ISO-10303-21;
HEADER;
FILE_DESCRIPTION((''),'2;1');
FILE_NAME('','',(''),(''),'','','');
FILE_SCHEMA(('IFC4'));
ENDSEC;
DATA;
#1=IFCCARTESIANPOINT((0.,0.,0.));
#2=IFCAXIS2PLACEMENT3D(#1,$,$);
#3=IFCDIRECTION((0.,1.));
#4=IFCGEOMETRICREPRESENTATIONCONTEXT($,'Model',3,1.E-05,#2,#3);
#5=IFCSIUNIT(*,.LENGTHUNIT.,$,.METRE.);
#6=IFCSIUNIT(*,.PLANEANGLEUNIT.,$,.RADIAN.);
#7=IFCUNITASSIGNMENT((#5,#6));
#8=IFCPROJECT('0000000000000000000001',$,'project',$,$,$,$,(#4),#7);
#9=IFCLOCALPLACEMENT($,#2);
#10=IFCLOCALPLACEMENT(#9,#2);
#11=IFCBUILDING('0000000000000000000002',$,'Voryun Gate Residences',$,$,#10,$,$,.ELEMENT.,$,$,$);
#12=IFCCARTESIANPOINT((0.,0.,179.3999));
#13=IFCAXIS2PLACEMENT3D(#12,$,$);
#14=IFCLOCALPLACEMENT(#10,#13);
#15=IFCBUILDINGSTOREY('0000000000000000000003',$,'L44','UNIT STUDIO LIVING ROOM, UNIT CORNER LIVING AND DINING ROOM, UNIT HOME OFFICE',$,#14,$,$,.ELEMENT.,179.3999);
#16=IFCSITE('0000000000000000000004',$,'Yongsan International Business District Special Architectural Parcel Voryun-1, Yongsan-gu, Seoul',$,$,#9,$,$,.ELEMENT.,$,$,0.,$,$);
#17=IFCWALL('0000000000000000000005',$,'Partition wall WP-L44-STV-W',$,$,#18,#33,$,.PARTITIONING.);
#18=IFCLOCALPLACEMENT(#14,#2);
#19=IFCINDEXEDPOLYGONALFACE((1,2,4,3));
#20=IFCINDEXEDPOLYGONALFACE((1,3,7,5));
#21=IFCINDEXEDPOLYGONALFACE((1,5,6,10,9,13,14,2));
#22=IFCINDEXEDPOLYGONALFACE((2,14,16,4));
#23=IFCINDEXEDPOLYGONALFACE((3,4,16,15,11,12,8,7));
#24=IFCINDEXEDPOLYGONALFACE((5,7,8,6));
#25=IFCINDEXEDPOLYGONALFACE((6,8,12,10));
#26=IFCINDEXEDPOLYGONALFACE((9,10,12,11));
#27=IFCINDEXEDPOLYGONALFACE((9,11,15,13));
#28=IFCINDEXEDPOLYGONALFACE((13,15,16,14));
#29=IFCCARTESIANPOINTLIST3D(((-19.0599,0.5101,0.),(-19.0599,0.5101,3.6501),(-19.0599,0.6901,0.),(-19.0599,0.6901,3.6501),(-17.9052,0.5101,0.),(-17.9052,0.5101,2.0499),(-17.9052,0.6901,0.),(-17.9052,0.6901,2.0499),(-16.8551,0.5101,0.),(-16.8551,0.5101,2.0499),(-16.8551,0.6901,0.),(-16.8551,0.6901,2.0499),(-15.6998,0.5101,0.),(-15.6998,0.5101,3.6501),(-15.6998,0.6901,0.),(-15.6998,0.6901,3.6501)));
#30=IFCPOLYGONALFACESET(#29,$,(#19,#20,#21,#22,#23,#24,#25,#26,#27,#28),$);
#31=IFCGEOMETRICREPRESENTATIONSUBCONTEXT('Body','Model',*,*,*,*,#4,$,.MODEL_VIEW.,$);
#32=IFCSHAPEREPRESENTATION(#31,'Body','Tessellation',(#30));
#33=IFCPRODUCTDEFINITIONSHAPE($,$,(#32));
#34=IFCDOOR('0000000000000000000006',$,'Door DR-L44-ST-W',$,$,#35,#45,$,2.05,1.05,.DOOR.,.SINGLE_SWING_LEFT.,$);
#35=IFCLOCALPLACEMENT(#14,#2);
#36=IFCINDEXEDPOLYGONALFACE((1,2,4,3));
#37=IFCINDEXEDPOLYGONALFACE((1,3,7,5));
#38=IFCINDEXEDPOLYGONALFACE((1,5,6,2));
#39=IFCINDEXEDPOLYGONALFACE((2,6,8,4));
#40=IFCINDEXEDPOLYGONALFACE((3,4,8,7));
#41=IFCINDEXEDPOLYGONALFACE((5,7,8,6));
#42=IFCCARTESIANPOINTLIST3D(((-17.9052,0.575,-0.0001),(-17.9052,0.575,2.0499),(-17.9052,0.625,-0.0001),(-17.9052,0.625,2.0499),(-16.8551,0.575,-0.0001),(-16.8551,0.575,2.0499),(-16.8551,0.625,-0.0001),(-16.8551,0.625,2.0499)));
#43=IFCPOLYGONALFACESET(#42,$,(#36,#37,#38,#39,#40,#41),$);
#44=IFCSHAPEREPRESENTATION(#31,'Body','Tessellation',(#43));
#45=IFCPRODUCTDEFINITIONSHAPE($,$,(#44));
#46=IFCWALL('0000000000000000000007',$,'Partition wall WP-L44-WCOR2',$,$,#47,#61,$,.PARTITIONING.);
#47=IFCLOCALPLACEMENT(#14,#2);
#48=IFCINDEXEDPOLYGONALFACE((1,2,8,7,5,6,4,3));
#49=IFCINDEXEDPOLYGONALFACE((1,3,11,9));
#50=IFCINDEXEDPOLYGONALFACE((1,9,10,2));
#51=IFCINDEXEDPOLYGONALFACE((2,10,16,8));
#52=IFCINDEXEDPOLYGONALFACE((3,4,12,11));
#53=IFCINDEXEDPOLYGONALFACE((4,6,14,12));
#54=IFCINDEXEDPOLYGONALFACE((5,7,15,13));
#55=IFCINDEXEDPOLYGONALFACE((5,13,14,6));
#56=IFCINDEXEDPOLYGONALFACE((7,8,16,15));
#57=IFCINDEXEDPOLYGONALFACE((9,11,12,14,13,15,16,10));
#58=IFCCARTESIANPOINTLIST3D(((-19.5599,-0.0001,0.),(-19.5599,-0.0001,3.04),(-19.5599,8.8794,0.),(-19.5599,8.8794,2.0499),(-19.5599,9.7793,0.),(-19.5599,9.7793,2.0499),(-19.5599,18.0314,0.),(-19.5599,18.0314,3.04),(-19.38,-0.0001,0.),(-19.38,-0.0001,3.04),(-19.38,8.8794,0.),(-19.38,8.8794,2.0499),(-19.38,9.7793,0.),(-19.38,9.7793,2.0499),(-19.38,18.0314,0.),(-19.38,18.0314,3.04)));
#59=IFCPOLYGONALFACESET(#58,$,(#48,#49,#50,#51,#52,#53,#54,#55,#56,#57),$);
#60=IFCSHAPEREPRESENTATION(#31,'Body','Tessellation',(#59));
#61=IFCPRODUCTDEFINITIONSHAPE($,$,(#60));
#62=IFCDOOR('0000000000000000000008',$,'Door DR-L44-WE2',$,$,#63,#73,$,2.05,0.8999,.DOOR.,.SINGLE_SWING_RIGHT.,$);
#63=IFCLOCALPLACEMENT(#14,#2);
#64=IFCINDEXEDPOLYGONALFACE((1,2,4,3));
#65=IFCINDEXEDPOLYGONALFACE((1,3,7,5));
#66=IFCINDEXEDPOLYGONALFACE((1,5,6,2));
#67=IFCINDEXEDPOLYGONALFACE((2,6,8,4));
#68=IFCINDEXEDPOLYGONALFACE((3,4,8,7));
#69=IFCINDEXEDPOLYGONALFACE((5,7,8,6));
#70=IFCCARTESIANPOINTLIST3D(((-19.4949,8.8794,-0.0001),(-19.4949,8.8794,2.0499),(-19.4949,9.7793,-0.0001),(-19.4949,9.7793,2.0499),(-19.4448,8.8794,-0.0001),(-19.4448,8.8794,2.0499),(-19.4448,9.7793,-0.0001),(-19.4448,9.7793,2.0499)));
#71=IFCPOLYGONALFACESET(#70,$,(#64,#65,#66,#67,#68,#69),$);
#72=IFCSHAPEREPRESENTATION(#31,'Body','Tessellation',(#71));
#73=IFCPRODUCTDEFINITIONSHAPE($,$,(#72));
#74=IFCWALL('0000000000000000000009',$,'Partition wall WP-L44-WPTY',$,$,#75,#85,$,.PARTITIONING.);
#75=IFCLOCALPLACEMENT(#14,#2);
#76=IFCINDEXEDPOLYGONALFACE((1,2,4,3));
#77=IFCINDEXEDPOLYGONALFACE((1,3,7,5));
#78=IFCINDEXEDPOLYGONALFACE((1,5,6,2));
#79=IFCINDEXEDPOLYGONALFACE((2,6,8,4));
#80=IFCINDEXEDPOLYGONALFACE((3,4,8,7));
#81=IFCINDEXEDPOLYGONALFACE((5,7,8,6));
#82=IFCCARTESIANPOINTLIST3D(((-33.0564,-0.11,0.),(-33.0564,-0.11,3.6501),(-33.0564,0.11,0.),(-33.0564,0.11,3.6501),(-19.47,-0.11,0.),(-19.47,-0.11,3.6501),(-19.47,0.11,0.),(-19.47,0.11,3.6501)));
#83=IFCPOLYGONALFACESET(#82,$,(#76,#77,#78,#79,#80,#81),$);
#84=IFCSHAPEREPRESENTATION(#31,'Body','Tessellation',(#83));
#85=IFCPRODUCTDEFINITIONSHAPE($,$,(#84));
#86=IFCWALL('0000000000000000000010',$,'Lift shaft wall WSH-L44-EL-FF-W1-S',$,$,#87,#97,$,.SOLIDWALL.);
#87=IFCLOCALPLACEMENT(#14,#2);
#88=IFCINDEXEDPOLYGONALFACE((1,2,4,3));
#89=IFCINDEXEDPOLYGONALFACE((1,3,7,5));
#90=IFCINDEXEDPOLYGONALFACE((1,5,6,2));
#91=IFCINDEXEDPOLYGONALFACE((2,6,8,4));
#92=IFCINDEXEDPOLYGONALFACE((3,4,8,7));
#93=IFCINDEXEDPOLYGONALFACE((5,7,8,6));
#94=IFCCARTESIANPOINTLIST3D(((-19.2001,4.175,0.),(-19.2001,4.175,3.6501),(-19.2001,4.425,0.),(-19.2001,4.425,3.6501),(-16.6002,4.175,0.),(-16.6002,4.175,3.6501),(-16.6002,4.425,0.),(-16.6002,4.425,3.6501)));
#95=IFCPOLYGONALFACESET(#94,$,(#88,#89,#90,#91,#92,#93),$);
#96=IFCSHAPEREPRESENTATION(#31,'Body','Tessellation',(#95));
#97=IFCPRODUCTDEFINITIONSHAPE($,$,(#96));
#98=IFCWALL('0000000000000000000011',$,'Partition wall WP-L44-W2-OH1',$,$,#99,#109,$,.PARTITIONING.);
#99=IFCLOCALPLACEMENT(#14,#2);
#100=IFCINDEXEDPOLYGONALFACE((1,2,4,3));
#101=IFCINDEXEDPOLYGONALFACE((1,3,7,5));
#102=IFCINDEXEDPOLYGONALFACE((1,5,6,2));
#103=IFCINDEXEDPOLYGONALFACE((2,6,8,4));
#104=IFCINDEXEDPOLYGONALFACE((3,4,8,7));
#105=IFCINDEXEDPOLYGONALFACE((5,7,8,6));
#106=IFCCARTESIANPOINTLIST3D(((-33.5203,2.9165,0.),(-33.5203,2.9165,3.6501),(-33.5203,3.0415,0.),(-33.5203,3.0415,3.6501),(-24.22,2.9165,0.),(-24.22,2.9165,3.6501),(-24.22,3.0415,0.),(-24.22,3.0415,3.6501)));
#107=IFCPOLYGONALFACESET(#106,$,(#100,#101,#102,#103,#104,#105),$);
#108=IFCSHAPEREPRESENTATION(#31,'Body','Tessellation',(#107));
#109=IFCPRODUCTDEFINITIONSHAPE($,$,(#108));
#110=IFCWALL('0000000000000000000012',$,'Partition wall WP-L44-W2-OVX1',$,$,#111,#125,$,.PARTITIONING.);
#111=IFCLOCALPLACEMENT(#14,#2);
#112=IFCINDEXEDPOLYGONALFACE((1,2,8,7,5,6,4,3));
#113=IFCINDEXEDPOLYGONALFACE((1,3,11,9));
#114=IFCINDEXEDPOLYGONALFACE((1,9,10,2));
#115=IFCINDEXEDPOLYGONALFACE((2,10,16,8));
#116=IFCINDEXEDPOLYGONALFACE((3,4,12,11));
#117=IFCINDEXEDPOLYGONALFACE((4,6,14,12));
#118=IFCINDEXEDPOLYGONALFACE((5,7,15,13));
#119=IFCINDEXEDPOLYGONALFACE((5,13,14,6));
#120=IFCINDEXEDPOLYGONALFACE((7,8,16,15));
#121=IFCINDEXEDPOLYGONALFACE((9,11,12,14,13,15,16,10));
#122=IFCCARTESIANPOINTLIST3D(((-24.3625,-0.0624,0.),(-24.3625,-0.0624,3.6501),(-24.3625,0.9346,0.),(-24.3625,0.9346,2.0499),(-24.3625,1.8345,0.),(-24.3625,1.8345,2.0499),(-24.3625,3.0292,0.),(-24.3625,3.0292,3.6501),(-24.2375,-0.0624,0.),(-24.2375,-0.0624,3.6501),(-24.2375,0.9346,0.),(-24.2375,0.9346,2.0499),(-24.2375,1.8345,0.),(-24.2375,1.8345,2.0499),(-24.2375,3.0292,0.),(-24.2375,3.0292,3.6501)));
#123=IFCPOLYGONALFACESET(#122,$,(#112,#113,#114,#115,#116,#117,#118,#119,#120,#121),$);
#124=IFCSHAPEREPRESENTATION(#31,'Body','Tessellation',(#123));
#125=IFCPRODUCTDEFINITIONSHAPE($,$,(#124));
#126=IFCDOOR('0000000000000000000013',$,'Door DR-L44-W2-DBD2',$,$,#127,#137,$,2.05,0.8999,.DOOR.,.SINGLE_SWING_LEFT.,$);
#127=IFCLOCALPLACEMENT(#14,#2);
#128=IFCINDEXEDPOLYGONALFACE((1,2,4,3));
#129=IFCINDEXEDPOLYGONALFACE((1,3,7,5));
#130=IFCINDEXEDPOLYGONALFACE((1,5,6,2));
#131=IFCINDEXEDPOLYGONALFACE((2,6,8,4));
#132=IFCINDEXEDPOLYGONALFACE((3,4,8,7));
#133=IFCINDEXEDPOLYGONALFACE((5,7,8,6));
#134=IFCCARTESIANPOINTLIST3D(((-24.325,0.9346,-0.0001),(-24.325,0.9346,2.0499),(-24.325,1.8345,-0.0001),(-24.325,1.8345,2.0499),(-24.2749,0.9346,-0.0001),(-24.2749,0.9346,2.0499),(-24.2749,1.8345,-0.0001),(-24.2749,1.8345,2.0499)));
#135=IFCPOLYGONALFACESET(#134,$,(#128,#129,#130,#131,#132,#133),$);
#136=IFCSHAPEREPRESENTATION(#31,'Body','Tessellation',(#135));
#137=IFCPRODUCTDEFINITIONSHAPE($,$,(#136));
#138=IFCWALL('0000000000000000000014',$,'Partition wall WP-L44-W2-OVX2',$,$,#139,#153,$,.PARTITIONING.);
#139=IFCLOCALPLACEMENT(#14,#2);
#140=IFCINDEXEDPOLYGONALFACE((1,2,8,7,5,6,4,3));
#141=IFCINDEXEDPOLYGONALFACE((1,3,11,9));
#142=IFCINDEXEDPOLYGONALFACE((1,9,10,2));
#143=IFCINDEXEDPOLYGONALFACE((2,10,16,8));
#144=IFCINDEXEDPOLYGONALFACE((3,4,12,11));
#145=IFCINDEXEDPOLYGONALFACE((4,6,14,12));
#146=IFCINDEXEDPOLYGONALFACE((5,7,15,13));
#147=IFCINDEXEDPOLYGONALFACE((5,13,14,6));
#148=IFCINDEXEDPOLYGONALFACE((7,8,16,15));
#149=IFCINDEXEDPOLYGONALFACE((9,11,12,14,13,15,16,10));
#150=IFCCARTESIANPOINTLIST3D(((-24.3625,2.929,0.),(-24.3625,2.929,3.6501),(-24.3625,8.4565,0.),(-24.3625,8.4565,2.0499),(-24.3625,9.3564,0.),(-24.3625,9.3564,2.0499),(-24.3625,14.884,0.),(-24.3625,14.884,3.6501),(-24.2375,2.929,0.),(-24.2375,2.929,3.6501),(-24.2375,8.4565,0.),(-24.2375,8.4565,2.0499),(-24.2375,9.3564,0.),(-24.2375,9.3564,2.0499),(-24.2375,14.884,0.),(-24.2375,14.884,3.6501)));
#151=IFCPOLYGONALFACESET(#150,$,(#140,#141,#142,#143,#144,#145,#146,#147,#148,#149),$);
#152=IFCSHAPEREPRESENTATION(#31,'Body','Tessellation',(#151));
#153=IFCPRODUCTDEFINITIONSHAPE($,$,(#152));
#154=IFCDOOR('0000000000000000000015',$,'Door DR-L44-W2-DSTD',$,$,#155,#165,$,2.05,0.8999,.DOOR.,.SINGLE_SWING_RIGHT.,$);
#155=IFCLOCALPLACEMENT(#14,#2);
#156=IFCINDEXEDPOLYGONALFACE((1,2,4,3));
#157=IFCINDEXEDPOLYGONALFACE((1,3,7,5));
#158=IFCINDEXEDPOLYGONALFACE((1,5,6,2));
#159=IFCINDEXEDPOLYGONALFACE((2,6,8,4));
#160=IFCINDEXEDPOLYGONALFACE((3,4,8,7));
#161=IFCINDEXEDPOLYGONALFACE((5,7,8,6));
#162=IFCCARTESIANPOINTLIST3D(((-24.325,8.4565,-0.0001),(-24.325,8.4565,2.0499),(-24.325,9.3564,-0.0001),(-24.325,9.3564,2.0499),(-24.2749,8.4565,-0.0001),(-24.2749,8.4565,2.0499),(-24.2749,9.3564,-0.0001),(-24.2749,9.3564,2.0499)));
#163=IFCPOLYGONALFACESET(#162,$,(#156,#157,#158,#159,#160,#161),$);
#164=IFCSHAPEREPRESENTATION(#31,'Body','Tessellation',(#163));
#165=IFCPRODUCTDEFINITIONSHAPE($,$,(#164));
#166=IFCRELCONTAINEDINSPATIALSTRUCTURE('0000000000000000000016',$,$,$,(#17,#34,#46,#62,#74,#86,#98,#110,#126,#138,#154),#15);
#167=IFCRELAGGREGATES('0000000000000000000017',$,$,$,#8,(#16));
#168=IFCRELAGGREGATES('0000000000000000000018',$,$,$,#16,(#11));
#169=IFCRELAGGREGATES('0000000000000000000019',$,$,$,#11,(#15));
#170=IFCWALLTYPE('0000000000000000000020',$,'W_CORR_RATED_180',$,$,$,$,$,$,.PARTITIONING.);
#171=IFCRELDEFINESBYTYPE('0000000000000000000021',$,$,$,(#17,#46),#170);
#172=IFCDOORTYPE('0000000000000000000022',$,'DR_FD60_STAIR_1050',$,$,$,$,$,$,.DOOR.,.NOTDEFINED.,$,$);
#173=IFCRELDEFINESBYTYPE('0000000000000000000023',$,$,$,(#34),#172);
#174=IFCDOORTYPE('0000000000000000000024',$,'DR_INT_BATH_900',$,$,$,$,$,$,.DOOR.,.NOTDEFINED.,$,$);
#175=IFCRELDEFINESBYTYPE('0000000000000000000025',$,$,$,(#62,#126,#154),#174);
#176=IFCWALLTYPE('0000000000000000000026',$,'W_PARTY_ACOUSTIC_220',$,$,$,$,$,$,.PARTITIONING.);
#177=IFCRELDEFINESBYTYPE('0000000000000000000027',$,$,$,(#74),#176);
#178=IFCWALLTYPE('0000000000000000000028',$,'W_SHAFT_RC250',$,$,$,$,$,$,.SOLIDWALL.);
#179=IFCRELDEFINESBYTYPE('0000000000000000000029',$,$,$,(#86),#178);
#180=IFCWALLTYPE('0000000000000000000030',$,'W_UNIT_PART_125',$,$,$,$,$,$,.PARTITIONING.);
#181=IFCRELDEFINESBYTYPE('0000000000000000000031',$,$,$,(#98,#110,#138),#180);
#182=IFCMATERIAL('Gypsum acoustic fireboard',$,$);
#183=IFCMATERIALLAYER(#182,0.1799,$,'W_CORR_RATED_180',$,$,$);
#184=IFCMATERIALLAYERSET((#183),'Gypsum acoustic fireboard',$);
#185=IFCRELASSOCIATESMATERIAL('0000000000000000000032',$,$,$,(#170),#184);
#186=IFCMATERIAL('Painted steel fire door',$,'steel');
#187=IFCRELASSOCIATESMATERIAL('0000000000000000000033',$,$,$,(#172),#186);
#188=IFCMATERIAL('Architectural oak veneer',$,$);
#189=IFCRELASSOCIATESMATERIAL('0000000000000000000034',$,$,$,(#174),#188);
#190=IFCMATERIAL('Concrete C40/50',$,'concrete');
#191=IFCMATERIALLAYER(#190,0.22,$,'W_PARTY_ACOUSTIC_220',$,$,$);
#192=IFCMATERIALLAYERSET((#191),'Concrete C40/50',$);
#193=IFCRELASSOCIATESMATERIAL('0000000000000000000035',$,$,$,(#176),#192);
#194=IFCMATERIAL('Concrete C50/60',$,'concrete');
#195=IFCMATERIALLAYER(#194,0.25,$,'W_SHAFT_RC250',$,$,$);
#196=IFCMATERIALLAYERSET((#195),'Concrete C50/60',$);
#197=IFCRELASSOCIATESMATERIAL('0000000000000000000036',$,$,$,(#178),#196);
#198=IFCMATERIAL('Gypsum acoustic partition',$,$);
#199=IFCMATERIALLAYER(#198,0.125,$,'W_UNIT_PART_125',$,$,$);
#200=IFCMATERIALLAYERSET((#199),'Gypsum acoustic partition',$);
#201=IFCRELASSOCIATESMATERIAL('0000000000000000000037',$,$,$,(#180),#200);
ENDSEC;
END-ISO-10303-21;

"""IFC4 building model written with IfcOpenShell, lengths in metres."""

from ifc_helpers import new_model, si_unit, direction, frame, frame_2d, origin, place, context, subcontext, project, spatial, rectangle, extrude, material, layer, layer_set, type_object, element, fill, save


model = new_model("IFC4")

# Units and contexts
model_context = context("Model", 3, precision=1e-05, world=origin(), true_north=direction((0.0, 1.0)))
body_context = subcontext(model_context, "Body", "Model", "MODEL_VIEW")
ifc_project = project(units=[si_unit("LENGTHUNIT", "METRE"), si_unit("PLANEANGLEUNIT", "RADIAN")], contexts=[model_context])

# Site, building, storey
site_placement = place(None, origin())
site = spatial("IfcSite", under=ifc_project, at=site_placement, Name="Yongsan International Business District Special Architectural Parcel Voryun-1, Yongsan-gu, Seoul", CompositionType="ELEMENT", RefElevation=0.0)
building_placement = place(site_placement, origin())
building = spatial("IfcBuilding", under=site, at=building_placement, Name="Voryun Gate Residences", CompositionType="ELEMENT")
storey_placement = place(building_placement, frame((0.0, 0.0, 179.3999)))
storey = spatial("IfcBuildingStorey", under=building, at=storey_placement, Name="L44", Description="UNIT STUDIO LIVING ROOM, UNIT CORNER LIVING AND DINING ROOM, UNIT HOME OFFICE", CompositionType="ELEMENT", Elevation=179.3999)

# Walls, openings, doors
ifc_material_1 = material(Name="Gypsum acoustic fireboard")
ifc_layer_1 = layer(ifc_material_1, 0.1799, Name="W_CORR_RATED_180")
ifc_layer_set_1 = layer_set([ifc_layer_1], Name="Gypsum acoustic fireboard")
wall_type_1 = type_object("IfcWallType", Name="W_CORR_RATED_180", PredefinedType="PARTITIONING", material=ifc_layer_set_1)
wall_1_placement = place(storey_placement, frame((-19.0601, 0.6001, 0.0), z_axis=(0.0, 0.0, 1.0), x_axis=(1.0, 0.0, 0.0)))
wall_1 = element("IfcWall", 1, at=wall_1_placement, inside=storey, type_object=wall_type_1, Name="Partition wall WP-L44-STV-W", PredefinedType="PARTITIONING", context=body_context, shape_type="SweptSolid", body=[
    extrude(rectangle(XDim=3.3601, YDim=0.1799, at=frame_2d((1.6802, 0.0))), origin(), (0.0, 0.0, 1.0), 3.6501),
])
opening_1_placement = place(wall_1_placement, frame((1.155, 0.0, 0.0)))
opening_1 = element("IfcOpeningElement", 2, at=opening_1_placement, cuts=wall_1, PredefinedType="OPENING", context=body_context, shape_type="SweptSolid", body=[
    extrude(rectangle(XDim=1.05, YDim=2.05, at=frame_2d((0.5249, 1.0249))), frame((0.0, 0.0999, 0.0), z_axis=(0.0, -1.0, 0.0), x_axis=(1.0, 0.0, 0.0)), (0.0, 0.0, 1.0), 0.2),
])
ifc_material_2 = material(Name="Painted steel fire door", Category="steel")
door_type_1 = type_object("IfcDoorType", Name="DR_FD60_STAIR_1050", OperationType="NOTDEFINED", PredefinedType="DOOR", material=ifc_material_2)
door_1_placement = place(opening_1_placement, origin())
door_1 = element("IfcDoor", 3, at=door_1_placement, inside=storey, type_object=door_type_1, Name="Door DR-L44-ST-W", OperationType="SINGLE_SWING_LEFT", OverallHeight=2.05, OverallWidth=1.05, PredefinedType="DOOR", context=body_context, shape_type="SweptSolid", body=[
    extrude(rectangle(XDim=1.05, YDim=2.05, at=frame_2d((0.5249, 1.0249))), frame((0.0, 0.0249, 0.0), z_axis=(0.0, -1.0, 0.0), x_axis=(1.0, 0.0, 0.0)), (0.0, 0.0, 1.0), 0.05),
])
fill(opening_1, door_1)
wall_2_placement = place(storey_placement, frame((-19.47, 0.0, 0.0), z_axis=(0.0, 0.0, 1.0), x_axis=(0.0, 1.0, 0.0)))
wall_2 = element("IfcWall", 4, at=wall_2_placement, inside=storey, type_object=wall_type_1, Name="Partition wall WP-L44-WCOR2", PredefinedType="PARTITIONING", context=body_context, shape_type="SweptSolid", body=[
    extrude(rectangle(XDim=18.0315, YDim=0.1799, at=frame_2d((9.0156, 0.0))), origin(), (0.0, 0.0, 1.0), 3.04),
])
opening_2_placement = place(wall_2_placement, frame((8.8794, 0.0, 0.0)))
opening_2 = element("IfcOpeningElement", 5, at=opening_2_placement, cuts=wall_2, PredefinedType="OPENING", context=body_context, shape_type="SweptSolid", body=[
    extrude(rectangle(XDim=0.8999, YDim=2.05, at=frame_2d((0.45, 1.0249))), frame((0.0, 0.0999, 0.0), z_axis=(0.0, -1.0, 0.0), x_axis=(1.0, 0.0, 0.0)), (0.0, 0.0, 1.0), 0.2),
])
ifc_material_3 = material(Name="Architectural oak veneer")
door_type_2 = type_object("IfcDoorType", Name="DR_INT_BATH_900", OperationType="NOTDEFINED", PredefinedType="DOOR", material=ifc_material_3)
door_2_placement = place(opening_2_placement, origin())
door_2 = element("IfcDoor", 6, at=door_2_placement, inside=storey, type_object=door_type_2, Name="Door DR-L44-WE2", OperationType="SINGLE_SWING_RIGHT", OverallHeight=2.05, OverallWidth=0.8999, PredefinedType="DOOR", context=body_context, shape_type="SweptSolid", body=[
    extrude(rectangle(XDim=0.8999, YDim=2.05, at=frame_2d((0.45, 1.0249))), frame((0.0, 0.0249, 0.0), z_axis=(0.0, -1.0, 0.0), x_axis=(1.0, 0.0, 0.0)), (0.0, 0.0, 1.0), 0.05),
])
fill(opening_2, door_2)

# Walls
ifc_material_4 = material(Name="Concrete C40/50", Category="concrete")
ifc_layer_2 = layer(ifc_material_4, 0.22, Name="W_PARTY_ACOUSTIC_220")
ifc_layer_set_2 = layer_set([ifc_layer_2], Name="Concrete C40/50")
wall_type_2 = type_object("IfcWallType", Name="W_PARTY_ACOUSTIC_220", PredefinedType="PARTITIONING", material=ifc_layer_set_2)
wall_3_placement = place(storey_placement, frame((-19.47, 0.0, 0.0), z_axis=(0.0, 0.0, 1.0), x_axis=(-1.0, 0.0, 0.0)))
element("IfcWall", 7, at=wall_3_placement, inside=storey, type_object=wall_type_2, Name="Partition wall WP-L44-WPTY", PredefinedType="PARTITIONING", context=body_context, shape_type="SweptSolid", body=[
    extrude(rectangle(XDim=13.5864, YDim=0.22, at=frame_2d((6.7932, 0.0))), origin(), (0.0, 0.0, 1.0), 3.6501),
])
ifc_material_5 = material(Name="Concrete C50/60", Category="concrete")
ifc_layer_3 = layer(ifc_material_5, 0.25, Name="W_SHAFT_RC250")
ifc_layer_set_3 = layer_set([ifc_layer_3], Name="Concrete C50/60")
wall_type_3 = type_object("IfcWallType", Name="W_SHAFT_RC250", PredefinedType="SOLIDWALL", material=ifc_layer_set_3)
wall_4_placement = place(storey_placement, frame((-19.2, 4.3, 0.0), z_axis=(0.0, 0.0, 1.0), x_axis=(1.0, 0.0, 0.0)))
element("IfcWall", 8, at=wall_4_placement, inside=storey, type_object=wall_type_3, Name="Lift shaft wall WSH-L44-EL-FF-W1-S", PredefinedType="SOLIDWALL", context=body_context, shape_type="SweptSolid", body=[
    extrude(rectangle(XDim=2.5999, YDim=0.25, at=frame_2d((1.2998, 0.0))), origin(), (0.0, 0.0, 1.0), 3.6501),
])
ifc_material_6 = material(Name="Gypsum acoustic partition")
ifc_layer_4 = layer(ifc_material_6, 0.125, Name="W_UNIT_PART_125")
ifc_layer_set_4 = layer_set([ifc_layer_4], Name="Gypsum acoustic partition")
wall_type_4 = type_object("IfcWallType", Name="W_UNIT_PART_125", PredefinedType="PARTITIONING", material=ifc_layer_set_4)
wall_5_placement = place(storey_placement, frame((-33.5203, 2.979, 0.0), z_axis=(0.0, 0.0, 1.0), x_axis=(1.0, 0.0, 0.0)))
element("IfcWall", 9, at=wall_5_placement, inside=storey, type_object=wall_type_4, Name="Partition wall WP-L44-W2-OH1", PredefinedType="PARTITIONING", context=body_context, shape_type="SweptSolid", body=[
    extrude(rectangle(XDim=9.3003, YDim=0.125, at=frame_2d((4.6501, 0.0))), origin(), (0.0, 0.0, 1.0), 3.6501),
])

# Walls, openings, doors
wall_6_placement = place(storey_placement, frame((-24.3, -0.0625, 0.0), z_axis=(0.0, 0.0, 1.0), x_axis=(0.0, 1.0, 0.0)))
wall_6 = element("IfcWall", 10, at=wall_6_placement, inside=storey, type_object=wall_type_4, Name="Partition wall WP-L44-W2-OVX1", PredefinedType="PARTITIONING", context=body_context, shape_type="SweptSolid", body=[
    extrude(rectangle(XDim=3.0916, YDim=0.125, at=frame_2d((1.5459, 0.0))), origin(), (0.0, 0.0, 1.0), 3.6501),
])
opening_3_placement = place(wall_6_placement, frame((0.9971, 0.0, 0.0)))
opening_3 = element("IfcOpeningElement", 11, at=opening_3_placement, cuts=wall_6, PredefinedType="OPENING", context=body_context, shape_type="SweptSolid", body=[
    extrude(rectangle(XDim=0.8999, YDim=2.05, at=frame_2d((0.45, 1.0249))), frame((0.0, 0.0725, 0.0), z_axis=(0.0, -1.0, 0.0), x_axis=(1.0, 0.0, 0.0)), (0.0, 0.0, 1.0), 0.145),
])
door_3_placement = place(opening_3_placement, origin())
door_3 = element("IfcDoor", 12, at=door_3_placement, inside=storey, type_object=door_type_2, Name="Door DR-L44-W2-DBD2", OperationType="SINGLE_SWING_LEFT", OverallHeight=2.05, OverallWidth=0.8999, PredefinedType="DOOR", context=body_context, shape_type="SweptSolid", body=[
    extrude(rectangle(XDim=0.8999, YDim=2.05, at=frame_2d((0.45, 1.0249))), frame((0.0, 0.0249, 0.0), z_axis=(0.0, -1.0, 0.0), x_axis=(1.0, 0.0, 0.0)), (0.0, 0.0, 1.0), 0.05),
])
fill(opening_3, door_3)
wall_7_placement = place(storey_placement, frame((-24.3, 2.929, 0.0), z_axis=(0.0, 0.0, 1.0), x_axis=(0.0, 1.0, 0.0)))
wall_7 = element("IfcWall", 13, at=wall_7_placement, inside=storey, type_object=wall_type_4, Name="Partition wall WP-L44-W2-OVX2", PredefinedType="PARTITIONING", context=body_context, shape_type="SweptSolid", body=[
    extrude(rectangle(XDim=11.9551, YDim=0.125, at=frame_2d((5.9775, 0.0))), origin(), (0.0, 0.0, 1.0), 3.6501),
])
opening_4_placement = place(wall_7_placement, frame((5.5276, 0.0, 0.0)))
opening_4 = element("IfcOpeningElement", 14, at=opening_4_placement, cuts=wall_7, PredefinedType="OPENING", context=body_context, shape_type="SweptSolid", body=[
    extrude(rectangle(XDim=0.8999, YDim=2.05, at=frame_2d((0.45, 1.0249))), frame((0.0, 0.0725, 0.0), z_axis=(0.0, -1.0, 0.0), x_axis=(1.0, 0.0, 0.0)), (0.0, 0.0, 1.0), 0.145),
])
door_4_placement = place(opening_4_placement, origin())
door_4 = element("IfcDoor", 15, at=door_4_placement, inside=storey, type_object=door_type_2, Name="Door DR-L44-W2-DSTD", OperationType="SINGLE_SWING_RIGHT", OverallHeight=2.05, OverallWidth=0.8999, PredefinedType="DOOR", context=body_context, shape_type="SweptSolid", body=[
    extrude(rectangle(XDim=0.8999, YDim=2.05, at=frame_2d((0.45, 1.0249))), frame((0.0, 0.0249, 0.0), z_axis=(0.0, -1.0, 0.0), x_axis=(1.0, 0.0, 0.0)), (0.0, 0.0, 1.0), 0.05),
])
fill(opening_4, door_4)

save(model, "model.ifc")
